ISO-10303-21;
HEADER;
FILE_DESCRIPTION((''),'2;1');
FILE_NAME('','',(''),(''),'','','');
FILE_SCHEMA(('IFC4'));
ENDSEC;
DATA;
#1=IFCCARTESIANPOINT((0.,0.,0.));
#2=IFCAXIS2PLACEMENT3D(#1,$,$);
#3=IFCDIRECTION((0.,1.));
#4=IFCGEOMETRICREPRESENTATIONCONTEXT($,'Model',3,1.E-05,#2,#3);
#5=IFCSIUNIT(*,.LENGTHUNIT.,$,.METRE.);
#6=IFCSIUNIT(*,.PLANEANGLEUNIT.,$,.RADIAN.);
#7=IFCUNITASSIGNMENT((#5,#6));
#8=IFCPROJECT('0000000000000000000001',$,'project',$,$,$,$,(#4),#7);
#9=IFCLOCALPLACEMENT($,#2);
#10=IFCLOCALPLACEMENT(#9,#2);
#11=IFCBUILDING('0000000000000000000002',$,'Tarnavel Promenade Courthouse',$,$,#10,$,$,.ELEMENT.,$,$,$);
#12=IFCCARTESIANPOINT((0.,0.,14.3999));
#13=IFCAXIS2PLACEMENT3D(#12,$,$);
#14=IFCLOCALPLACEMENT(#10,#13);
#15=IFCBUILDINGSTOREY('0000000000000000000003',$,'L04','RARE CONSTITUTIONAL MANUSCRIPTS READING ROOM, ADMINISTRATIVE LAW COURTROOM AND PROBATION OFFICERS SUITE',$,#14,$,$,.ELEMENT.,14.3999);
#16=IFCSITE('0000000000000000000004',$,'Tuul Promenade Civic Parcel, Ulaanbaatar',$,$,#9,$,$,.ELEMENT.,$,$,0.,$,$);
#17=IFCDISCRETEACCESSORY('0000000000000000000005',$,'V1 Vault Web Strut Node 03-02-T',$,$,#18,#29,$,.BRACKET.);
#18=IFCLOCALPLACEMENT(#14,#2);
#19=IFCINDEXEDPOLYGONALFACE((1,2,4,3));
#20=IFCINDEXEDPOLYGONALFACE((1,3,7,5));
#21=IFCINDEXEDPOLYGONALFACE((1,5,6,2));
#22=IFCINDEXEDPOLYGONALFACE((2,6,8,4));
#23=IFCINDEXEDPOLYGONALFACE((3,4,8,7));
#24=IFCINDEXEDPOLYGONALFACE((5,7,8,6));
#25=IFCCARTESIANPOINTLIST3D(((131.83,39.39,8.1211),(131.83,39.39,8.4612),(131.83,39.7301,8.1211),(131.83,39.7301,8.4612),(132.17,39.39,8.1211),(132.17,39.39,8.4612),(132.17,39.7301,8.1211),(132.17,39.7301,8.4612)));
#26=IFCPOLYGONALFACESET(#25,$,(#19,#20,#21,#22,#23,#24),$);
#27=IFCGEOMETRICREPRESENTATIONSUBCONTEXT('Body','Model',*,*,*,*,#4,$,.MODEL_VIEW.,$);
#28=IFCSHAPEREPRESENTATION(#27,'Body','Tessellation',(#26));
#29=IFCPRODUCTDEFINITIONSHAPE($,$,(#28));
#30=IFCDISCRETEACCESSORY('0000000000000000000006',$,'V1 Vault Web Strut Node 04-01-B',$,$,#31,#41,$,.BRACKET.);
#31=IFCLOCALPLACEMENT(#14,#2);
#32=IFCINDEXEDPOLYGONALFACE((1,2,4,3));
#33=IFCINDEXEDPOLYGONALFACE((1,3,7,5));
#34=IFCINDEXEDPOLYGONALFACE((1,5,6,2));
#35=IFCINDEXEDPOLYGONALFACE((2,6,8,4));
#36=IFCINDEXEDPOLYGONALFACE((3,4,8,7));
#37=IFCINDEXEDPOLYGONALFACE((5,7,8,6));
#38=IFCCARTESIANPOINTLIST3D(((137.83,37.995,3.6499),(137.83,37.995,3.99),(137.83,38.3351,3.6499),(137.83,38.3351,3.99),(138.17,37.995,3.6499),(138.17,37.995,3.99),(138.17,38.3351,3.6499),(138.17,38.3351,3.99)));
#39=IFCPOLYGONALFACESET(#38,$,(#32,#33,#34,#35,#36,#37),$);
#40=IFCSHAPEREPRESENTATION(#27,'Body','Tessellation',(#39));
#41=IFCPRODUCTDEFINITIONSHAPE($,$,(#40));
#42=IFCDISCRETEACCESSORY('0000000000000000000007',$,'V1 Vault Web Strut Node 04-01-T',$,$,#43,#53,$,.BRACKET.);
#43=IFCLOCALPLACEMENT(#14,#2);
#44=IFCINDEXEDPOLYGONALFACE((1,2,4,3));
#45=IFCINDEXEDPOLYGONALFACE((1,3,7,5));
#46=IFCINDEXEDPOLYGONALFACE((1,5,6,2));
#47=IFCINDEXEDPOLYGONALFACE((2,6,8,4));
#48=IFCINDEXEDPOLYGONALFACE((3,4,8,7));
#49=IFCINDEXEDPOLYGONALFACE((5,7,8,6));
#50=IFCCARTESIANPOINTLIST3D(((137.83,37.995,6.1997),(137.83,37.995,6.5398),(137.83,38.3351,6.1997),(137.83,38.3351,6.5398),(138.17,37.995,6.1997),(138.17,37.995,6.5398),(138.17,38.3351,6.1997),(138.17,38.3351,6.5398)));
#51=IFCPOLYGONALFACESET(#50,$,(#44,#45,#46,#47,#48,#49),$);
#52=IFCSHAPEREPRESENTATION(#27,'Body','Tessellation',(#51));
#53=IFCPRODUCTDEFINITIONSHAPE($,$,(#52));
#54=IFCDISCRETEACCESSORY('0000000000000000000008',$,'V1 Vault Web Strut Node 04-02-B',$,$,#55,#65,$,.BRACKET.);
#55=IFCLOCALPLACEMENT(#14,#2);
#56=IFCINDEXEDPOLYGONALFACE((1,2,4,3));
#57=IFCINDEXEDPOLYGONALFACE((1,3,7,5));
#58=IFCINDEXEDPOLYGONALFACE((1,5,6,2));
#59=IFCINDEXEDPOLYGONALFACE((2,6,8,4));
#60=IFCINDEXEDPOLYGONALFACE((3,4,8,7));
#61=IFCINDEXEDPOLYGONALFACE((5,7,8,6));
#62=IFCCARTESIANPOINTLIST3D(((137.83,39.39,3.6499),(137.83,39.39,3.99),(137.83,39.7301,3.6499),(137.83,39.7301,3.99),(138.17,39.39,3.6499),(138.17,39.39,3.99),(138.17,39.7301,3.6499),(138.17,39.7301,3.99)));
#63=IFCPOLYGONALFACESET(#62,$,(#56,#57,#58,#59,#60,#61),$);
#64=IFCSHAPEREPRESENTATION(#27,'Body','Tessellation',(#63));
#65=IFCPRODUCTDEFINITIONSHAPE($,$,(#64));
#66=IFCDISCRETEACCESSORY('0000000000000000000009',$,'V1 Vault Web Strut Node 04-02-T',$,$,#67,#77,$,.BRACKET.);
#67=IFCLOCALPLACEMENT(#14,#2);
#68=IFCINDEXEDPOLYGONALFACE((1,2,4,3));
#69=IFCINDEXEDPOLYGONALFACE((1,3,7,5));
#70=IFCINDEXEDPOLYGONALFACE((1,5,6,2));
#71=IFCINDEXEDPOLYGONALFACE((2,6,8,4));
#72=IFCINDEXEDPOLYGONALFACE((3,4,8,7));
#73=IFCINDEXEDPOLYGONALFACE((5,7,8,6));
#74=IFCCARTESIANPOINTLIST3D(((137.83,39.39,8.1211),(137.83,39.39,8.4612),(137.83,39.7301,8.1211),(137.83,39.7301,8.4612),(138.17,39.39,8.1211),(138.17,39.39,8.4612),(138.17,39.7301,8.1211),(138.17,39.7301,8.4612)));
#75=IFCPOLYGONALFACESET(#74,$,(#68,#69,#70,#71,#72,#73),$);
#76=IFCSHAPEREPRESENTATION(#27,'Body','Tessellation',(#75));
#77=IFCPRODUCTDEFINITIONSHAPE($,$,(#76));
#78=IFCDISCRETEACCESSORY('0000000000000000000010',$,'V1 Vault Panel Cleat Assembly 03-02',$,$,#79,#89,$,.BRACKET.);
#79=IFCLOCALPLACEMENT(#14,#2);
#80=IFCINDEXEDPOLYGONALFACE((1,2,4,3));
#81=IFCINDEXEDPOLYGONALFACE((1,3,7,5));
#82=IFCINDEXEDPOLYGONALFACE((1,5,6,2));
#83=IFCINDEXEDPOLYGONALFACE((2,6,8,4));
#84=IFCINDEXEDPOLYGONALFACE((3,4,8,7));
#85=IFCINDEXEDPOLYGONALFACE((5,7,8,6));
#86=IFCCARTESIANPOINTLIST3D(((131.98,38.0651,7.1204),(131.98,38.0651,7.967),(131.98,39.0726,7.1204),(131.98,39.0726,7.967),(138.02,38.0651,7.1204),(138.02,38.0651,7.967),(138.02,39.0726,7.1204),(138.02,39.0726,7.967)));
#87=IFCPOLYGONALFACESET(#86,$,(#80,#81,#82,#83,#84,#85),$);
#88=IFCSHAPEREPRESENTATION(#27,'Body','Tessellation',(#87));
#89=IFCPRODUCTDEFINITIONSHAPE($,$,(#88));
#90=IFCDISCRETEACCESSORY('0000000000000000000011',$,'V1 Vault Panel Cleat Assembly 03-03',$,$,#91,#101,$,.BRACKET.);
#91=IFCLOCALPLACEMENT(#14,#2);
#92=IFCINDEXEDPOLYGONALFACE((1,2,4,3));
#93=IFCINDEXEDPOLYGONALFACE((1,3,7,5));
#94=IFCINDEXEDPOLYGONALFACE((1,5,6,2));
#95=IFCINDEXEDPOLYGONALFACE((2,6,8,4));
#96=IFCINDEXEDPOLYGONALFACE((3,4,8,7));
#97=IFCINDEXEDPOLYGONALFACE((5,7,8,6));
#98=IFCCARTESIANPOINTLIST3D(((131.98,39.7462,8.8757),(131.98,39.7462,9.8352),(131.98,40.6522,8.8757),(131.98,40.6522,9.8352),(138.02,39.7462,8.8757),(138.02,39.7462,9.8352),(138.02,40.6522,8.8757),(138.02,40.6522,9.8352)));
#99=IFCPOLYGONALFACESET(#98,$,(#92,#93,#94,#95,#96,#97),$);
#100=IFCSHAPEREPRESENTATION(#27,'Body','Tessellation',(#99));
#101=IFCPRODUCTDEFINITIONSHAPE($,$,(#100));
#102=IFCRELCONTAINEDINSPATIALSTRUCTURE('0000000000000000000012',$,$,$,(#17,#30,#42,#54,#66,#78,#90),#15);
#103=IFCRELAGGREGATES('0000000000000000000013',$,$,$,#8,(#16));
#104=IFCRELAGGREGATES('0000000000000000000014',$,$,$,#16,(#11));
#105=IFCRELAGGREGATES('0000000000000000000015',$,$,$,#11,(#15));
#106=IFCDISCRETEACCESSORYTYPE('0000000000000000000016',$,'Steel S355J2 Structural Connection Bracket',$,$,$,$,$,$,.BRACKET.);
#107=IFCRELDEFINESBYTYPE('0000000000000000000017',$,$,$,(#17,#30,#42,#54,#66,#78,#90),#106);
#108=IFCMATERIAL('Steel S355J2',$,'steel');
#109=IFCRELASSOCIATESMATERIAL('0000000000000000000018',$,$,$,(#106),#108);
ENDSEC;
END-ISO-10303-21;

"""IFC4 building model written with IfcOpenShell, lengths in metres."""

from ifc_helpers import new_model, si_unit, direction, frame, origin, origin_2d, place, context, subcontext, project, spatial, rectangle, extrude, material, type_object, element, save


model = new_model("IFC4")

# Units and contexts
model_context = context("Model", 3, precision=1e-05, world=origin(), true_north=direction((0.0, 1.0)))
body_context = subcontext(model_context, "Body", "Model", "MODEL_VIEW")
ifc_project = project(units=[si_unit("LENGTHUNIT", "METRE"), si_unit("PLANEANGLEUNIT", "RADIAN")], contexts=[model_context])

# Site, building, storey
site_placement = place(None, origin())
site = spatial("IfcSite", under=ifc_project, at=site_placement, Name="Tuul Promenade Civic Parcel, Ulaanbaatar", CompositionType="ELEMENT", RefElevation=0.0)
building_placement = place(site_placement, origin())
building = spatial("IfcBuilding", under=site, at=building_placement, Name="Tarnavel Promenade Courthouse", CompositionType="ELEMENT")
storey_placement = place(building_placement, frame((0.0, 0.0, 14.3999)))
storey = spatial("IfcBuildingStorey", under=building, at=storey_placement, Name="L04", Description="RARE CONSTITUTIONAL MANUSCRIPTS READING ROOM, ADMINISTRATIVE LAW COURTROOM AND PROBATION OFFICERS SUITE", CompositionType="ELEMENT", Elevation=14.3999)

# Shared definitions
ifc_material_1 = material(Name="Steel S355J2", Category="steel")

# Discrete accessories
discrete_accessory_type = type_object("IfcDiscreteAccessoryType", Name="Steel S355J2 Structural Connection Bracket", PredefinedType="BRACKET", material=ifc_material_1)
for number, where, z_axis, x_axis, name in (
    (1, (132.0, 39.5601, 8.1211), (0.0, 0.0, 1.0), (1.0, 0.0, 0.0), "V1 Vault Web Strut Node 03-02-T"),
    (2, (138.0, 38.165, 3.6499), (0.0, 0.0, 1.0), (1.0, 0.0, 0.0), "V1 Vault Web Strut Node 04-01-B"),
    (3, (138.0, 38.165, 6.1997), (0.0, 0.0, 1.0), (1.0, 0.0, 0.0), "V1 Vault Web Strut Node 04-01-T"),
    (4, (138.0, 39.5601, 3.6499), (0.0, 0.0, 1.0), (1.0, 0.0, 0.0), "V1 Vault Web Strut Node 04-02-B"),
    (5, (138.0, 39.5601, 8.1211), (0.0, 0.0, 1.0), (1.0, 0.0, 0.0), "V1 Vault Web Strut Node 04-02-T"),
):
    element("IfcDiscreteAccessory", number, at=place(storey_placement, frame(where, z_axis=z_axis, x_axis=x_axis)), inside=storey, type_object=discrete_accessory_type, Name=name, PredefinedType="BRACKET", context=body_context, shape_type="SweptSolid", body=[
        extrude(rectangle(XDim=0.3401, YDim=0.3401, at=origin_2d()), origin(), (0.0, 0.0, 1.0), 0.3401),
    ])
discrete_accessory_1_placement = place(storey_placement, frame((135.0, 38.5688, 7.1204), z_axis=(0.0, 0.0, 1.0), x_axis=(1.0, 0.0, 0.0)))
element("IfcDiscreteAccessory", 6, at=discrete_accessory_1_placement, inside=storey, type_object=discrete_accessory_type, Name="V1 Vault Panel Cleat Assembly 03-02", PredefinedType="BRACKET", context=body_context, shape_type="SweptSolid", body=[
    extrude(rectangle(XDim=6.04, YDim=1.0076, at=origin_2d()), origin(), (0.0, 0.0, 1.0), 0.8467),
])
discrete_accessory_2_placement = place(storey_placement, frame((135.0, 40.1992, 8.8757), z_axis=(0.0, 0.0, 1.0), x_axis=(1.0, 0.0, 0.0)))
element("IfcDiscreteAccessory", 7, at=discrete_accessory_2_placement, inside=storey, type_object=discrete_accessory_type, Name="V1 Vault Panel Cleat Assembly 03-03", PredefinedType="BRACKET", context=body_context, shape_type="SweptSolid", body=[
    extrude(rectangle(XDim=6.04, YDim=0.906, at=origin_2d()), origin(), (0.0, 0.0, 1.0), 0.9595),
])

save(model, "model.ifc")
